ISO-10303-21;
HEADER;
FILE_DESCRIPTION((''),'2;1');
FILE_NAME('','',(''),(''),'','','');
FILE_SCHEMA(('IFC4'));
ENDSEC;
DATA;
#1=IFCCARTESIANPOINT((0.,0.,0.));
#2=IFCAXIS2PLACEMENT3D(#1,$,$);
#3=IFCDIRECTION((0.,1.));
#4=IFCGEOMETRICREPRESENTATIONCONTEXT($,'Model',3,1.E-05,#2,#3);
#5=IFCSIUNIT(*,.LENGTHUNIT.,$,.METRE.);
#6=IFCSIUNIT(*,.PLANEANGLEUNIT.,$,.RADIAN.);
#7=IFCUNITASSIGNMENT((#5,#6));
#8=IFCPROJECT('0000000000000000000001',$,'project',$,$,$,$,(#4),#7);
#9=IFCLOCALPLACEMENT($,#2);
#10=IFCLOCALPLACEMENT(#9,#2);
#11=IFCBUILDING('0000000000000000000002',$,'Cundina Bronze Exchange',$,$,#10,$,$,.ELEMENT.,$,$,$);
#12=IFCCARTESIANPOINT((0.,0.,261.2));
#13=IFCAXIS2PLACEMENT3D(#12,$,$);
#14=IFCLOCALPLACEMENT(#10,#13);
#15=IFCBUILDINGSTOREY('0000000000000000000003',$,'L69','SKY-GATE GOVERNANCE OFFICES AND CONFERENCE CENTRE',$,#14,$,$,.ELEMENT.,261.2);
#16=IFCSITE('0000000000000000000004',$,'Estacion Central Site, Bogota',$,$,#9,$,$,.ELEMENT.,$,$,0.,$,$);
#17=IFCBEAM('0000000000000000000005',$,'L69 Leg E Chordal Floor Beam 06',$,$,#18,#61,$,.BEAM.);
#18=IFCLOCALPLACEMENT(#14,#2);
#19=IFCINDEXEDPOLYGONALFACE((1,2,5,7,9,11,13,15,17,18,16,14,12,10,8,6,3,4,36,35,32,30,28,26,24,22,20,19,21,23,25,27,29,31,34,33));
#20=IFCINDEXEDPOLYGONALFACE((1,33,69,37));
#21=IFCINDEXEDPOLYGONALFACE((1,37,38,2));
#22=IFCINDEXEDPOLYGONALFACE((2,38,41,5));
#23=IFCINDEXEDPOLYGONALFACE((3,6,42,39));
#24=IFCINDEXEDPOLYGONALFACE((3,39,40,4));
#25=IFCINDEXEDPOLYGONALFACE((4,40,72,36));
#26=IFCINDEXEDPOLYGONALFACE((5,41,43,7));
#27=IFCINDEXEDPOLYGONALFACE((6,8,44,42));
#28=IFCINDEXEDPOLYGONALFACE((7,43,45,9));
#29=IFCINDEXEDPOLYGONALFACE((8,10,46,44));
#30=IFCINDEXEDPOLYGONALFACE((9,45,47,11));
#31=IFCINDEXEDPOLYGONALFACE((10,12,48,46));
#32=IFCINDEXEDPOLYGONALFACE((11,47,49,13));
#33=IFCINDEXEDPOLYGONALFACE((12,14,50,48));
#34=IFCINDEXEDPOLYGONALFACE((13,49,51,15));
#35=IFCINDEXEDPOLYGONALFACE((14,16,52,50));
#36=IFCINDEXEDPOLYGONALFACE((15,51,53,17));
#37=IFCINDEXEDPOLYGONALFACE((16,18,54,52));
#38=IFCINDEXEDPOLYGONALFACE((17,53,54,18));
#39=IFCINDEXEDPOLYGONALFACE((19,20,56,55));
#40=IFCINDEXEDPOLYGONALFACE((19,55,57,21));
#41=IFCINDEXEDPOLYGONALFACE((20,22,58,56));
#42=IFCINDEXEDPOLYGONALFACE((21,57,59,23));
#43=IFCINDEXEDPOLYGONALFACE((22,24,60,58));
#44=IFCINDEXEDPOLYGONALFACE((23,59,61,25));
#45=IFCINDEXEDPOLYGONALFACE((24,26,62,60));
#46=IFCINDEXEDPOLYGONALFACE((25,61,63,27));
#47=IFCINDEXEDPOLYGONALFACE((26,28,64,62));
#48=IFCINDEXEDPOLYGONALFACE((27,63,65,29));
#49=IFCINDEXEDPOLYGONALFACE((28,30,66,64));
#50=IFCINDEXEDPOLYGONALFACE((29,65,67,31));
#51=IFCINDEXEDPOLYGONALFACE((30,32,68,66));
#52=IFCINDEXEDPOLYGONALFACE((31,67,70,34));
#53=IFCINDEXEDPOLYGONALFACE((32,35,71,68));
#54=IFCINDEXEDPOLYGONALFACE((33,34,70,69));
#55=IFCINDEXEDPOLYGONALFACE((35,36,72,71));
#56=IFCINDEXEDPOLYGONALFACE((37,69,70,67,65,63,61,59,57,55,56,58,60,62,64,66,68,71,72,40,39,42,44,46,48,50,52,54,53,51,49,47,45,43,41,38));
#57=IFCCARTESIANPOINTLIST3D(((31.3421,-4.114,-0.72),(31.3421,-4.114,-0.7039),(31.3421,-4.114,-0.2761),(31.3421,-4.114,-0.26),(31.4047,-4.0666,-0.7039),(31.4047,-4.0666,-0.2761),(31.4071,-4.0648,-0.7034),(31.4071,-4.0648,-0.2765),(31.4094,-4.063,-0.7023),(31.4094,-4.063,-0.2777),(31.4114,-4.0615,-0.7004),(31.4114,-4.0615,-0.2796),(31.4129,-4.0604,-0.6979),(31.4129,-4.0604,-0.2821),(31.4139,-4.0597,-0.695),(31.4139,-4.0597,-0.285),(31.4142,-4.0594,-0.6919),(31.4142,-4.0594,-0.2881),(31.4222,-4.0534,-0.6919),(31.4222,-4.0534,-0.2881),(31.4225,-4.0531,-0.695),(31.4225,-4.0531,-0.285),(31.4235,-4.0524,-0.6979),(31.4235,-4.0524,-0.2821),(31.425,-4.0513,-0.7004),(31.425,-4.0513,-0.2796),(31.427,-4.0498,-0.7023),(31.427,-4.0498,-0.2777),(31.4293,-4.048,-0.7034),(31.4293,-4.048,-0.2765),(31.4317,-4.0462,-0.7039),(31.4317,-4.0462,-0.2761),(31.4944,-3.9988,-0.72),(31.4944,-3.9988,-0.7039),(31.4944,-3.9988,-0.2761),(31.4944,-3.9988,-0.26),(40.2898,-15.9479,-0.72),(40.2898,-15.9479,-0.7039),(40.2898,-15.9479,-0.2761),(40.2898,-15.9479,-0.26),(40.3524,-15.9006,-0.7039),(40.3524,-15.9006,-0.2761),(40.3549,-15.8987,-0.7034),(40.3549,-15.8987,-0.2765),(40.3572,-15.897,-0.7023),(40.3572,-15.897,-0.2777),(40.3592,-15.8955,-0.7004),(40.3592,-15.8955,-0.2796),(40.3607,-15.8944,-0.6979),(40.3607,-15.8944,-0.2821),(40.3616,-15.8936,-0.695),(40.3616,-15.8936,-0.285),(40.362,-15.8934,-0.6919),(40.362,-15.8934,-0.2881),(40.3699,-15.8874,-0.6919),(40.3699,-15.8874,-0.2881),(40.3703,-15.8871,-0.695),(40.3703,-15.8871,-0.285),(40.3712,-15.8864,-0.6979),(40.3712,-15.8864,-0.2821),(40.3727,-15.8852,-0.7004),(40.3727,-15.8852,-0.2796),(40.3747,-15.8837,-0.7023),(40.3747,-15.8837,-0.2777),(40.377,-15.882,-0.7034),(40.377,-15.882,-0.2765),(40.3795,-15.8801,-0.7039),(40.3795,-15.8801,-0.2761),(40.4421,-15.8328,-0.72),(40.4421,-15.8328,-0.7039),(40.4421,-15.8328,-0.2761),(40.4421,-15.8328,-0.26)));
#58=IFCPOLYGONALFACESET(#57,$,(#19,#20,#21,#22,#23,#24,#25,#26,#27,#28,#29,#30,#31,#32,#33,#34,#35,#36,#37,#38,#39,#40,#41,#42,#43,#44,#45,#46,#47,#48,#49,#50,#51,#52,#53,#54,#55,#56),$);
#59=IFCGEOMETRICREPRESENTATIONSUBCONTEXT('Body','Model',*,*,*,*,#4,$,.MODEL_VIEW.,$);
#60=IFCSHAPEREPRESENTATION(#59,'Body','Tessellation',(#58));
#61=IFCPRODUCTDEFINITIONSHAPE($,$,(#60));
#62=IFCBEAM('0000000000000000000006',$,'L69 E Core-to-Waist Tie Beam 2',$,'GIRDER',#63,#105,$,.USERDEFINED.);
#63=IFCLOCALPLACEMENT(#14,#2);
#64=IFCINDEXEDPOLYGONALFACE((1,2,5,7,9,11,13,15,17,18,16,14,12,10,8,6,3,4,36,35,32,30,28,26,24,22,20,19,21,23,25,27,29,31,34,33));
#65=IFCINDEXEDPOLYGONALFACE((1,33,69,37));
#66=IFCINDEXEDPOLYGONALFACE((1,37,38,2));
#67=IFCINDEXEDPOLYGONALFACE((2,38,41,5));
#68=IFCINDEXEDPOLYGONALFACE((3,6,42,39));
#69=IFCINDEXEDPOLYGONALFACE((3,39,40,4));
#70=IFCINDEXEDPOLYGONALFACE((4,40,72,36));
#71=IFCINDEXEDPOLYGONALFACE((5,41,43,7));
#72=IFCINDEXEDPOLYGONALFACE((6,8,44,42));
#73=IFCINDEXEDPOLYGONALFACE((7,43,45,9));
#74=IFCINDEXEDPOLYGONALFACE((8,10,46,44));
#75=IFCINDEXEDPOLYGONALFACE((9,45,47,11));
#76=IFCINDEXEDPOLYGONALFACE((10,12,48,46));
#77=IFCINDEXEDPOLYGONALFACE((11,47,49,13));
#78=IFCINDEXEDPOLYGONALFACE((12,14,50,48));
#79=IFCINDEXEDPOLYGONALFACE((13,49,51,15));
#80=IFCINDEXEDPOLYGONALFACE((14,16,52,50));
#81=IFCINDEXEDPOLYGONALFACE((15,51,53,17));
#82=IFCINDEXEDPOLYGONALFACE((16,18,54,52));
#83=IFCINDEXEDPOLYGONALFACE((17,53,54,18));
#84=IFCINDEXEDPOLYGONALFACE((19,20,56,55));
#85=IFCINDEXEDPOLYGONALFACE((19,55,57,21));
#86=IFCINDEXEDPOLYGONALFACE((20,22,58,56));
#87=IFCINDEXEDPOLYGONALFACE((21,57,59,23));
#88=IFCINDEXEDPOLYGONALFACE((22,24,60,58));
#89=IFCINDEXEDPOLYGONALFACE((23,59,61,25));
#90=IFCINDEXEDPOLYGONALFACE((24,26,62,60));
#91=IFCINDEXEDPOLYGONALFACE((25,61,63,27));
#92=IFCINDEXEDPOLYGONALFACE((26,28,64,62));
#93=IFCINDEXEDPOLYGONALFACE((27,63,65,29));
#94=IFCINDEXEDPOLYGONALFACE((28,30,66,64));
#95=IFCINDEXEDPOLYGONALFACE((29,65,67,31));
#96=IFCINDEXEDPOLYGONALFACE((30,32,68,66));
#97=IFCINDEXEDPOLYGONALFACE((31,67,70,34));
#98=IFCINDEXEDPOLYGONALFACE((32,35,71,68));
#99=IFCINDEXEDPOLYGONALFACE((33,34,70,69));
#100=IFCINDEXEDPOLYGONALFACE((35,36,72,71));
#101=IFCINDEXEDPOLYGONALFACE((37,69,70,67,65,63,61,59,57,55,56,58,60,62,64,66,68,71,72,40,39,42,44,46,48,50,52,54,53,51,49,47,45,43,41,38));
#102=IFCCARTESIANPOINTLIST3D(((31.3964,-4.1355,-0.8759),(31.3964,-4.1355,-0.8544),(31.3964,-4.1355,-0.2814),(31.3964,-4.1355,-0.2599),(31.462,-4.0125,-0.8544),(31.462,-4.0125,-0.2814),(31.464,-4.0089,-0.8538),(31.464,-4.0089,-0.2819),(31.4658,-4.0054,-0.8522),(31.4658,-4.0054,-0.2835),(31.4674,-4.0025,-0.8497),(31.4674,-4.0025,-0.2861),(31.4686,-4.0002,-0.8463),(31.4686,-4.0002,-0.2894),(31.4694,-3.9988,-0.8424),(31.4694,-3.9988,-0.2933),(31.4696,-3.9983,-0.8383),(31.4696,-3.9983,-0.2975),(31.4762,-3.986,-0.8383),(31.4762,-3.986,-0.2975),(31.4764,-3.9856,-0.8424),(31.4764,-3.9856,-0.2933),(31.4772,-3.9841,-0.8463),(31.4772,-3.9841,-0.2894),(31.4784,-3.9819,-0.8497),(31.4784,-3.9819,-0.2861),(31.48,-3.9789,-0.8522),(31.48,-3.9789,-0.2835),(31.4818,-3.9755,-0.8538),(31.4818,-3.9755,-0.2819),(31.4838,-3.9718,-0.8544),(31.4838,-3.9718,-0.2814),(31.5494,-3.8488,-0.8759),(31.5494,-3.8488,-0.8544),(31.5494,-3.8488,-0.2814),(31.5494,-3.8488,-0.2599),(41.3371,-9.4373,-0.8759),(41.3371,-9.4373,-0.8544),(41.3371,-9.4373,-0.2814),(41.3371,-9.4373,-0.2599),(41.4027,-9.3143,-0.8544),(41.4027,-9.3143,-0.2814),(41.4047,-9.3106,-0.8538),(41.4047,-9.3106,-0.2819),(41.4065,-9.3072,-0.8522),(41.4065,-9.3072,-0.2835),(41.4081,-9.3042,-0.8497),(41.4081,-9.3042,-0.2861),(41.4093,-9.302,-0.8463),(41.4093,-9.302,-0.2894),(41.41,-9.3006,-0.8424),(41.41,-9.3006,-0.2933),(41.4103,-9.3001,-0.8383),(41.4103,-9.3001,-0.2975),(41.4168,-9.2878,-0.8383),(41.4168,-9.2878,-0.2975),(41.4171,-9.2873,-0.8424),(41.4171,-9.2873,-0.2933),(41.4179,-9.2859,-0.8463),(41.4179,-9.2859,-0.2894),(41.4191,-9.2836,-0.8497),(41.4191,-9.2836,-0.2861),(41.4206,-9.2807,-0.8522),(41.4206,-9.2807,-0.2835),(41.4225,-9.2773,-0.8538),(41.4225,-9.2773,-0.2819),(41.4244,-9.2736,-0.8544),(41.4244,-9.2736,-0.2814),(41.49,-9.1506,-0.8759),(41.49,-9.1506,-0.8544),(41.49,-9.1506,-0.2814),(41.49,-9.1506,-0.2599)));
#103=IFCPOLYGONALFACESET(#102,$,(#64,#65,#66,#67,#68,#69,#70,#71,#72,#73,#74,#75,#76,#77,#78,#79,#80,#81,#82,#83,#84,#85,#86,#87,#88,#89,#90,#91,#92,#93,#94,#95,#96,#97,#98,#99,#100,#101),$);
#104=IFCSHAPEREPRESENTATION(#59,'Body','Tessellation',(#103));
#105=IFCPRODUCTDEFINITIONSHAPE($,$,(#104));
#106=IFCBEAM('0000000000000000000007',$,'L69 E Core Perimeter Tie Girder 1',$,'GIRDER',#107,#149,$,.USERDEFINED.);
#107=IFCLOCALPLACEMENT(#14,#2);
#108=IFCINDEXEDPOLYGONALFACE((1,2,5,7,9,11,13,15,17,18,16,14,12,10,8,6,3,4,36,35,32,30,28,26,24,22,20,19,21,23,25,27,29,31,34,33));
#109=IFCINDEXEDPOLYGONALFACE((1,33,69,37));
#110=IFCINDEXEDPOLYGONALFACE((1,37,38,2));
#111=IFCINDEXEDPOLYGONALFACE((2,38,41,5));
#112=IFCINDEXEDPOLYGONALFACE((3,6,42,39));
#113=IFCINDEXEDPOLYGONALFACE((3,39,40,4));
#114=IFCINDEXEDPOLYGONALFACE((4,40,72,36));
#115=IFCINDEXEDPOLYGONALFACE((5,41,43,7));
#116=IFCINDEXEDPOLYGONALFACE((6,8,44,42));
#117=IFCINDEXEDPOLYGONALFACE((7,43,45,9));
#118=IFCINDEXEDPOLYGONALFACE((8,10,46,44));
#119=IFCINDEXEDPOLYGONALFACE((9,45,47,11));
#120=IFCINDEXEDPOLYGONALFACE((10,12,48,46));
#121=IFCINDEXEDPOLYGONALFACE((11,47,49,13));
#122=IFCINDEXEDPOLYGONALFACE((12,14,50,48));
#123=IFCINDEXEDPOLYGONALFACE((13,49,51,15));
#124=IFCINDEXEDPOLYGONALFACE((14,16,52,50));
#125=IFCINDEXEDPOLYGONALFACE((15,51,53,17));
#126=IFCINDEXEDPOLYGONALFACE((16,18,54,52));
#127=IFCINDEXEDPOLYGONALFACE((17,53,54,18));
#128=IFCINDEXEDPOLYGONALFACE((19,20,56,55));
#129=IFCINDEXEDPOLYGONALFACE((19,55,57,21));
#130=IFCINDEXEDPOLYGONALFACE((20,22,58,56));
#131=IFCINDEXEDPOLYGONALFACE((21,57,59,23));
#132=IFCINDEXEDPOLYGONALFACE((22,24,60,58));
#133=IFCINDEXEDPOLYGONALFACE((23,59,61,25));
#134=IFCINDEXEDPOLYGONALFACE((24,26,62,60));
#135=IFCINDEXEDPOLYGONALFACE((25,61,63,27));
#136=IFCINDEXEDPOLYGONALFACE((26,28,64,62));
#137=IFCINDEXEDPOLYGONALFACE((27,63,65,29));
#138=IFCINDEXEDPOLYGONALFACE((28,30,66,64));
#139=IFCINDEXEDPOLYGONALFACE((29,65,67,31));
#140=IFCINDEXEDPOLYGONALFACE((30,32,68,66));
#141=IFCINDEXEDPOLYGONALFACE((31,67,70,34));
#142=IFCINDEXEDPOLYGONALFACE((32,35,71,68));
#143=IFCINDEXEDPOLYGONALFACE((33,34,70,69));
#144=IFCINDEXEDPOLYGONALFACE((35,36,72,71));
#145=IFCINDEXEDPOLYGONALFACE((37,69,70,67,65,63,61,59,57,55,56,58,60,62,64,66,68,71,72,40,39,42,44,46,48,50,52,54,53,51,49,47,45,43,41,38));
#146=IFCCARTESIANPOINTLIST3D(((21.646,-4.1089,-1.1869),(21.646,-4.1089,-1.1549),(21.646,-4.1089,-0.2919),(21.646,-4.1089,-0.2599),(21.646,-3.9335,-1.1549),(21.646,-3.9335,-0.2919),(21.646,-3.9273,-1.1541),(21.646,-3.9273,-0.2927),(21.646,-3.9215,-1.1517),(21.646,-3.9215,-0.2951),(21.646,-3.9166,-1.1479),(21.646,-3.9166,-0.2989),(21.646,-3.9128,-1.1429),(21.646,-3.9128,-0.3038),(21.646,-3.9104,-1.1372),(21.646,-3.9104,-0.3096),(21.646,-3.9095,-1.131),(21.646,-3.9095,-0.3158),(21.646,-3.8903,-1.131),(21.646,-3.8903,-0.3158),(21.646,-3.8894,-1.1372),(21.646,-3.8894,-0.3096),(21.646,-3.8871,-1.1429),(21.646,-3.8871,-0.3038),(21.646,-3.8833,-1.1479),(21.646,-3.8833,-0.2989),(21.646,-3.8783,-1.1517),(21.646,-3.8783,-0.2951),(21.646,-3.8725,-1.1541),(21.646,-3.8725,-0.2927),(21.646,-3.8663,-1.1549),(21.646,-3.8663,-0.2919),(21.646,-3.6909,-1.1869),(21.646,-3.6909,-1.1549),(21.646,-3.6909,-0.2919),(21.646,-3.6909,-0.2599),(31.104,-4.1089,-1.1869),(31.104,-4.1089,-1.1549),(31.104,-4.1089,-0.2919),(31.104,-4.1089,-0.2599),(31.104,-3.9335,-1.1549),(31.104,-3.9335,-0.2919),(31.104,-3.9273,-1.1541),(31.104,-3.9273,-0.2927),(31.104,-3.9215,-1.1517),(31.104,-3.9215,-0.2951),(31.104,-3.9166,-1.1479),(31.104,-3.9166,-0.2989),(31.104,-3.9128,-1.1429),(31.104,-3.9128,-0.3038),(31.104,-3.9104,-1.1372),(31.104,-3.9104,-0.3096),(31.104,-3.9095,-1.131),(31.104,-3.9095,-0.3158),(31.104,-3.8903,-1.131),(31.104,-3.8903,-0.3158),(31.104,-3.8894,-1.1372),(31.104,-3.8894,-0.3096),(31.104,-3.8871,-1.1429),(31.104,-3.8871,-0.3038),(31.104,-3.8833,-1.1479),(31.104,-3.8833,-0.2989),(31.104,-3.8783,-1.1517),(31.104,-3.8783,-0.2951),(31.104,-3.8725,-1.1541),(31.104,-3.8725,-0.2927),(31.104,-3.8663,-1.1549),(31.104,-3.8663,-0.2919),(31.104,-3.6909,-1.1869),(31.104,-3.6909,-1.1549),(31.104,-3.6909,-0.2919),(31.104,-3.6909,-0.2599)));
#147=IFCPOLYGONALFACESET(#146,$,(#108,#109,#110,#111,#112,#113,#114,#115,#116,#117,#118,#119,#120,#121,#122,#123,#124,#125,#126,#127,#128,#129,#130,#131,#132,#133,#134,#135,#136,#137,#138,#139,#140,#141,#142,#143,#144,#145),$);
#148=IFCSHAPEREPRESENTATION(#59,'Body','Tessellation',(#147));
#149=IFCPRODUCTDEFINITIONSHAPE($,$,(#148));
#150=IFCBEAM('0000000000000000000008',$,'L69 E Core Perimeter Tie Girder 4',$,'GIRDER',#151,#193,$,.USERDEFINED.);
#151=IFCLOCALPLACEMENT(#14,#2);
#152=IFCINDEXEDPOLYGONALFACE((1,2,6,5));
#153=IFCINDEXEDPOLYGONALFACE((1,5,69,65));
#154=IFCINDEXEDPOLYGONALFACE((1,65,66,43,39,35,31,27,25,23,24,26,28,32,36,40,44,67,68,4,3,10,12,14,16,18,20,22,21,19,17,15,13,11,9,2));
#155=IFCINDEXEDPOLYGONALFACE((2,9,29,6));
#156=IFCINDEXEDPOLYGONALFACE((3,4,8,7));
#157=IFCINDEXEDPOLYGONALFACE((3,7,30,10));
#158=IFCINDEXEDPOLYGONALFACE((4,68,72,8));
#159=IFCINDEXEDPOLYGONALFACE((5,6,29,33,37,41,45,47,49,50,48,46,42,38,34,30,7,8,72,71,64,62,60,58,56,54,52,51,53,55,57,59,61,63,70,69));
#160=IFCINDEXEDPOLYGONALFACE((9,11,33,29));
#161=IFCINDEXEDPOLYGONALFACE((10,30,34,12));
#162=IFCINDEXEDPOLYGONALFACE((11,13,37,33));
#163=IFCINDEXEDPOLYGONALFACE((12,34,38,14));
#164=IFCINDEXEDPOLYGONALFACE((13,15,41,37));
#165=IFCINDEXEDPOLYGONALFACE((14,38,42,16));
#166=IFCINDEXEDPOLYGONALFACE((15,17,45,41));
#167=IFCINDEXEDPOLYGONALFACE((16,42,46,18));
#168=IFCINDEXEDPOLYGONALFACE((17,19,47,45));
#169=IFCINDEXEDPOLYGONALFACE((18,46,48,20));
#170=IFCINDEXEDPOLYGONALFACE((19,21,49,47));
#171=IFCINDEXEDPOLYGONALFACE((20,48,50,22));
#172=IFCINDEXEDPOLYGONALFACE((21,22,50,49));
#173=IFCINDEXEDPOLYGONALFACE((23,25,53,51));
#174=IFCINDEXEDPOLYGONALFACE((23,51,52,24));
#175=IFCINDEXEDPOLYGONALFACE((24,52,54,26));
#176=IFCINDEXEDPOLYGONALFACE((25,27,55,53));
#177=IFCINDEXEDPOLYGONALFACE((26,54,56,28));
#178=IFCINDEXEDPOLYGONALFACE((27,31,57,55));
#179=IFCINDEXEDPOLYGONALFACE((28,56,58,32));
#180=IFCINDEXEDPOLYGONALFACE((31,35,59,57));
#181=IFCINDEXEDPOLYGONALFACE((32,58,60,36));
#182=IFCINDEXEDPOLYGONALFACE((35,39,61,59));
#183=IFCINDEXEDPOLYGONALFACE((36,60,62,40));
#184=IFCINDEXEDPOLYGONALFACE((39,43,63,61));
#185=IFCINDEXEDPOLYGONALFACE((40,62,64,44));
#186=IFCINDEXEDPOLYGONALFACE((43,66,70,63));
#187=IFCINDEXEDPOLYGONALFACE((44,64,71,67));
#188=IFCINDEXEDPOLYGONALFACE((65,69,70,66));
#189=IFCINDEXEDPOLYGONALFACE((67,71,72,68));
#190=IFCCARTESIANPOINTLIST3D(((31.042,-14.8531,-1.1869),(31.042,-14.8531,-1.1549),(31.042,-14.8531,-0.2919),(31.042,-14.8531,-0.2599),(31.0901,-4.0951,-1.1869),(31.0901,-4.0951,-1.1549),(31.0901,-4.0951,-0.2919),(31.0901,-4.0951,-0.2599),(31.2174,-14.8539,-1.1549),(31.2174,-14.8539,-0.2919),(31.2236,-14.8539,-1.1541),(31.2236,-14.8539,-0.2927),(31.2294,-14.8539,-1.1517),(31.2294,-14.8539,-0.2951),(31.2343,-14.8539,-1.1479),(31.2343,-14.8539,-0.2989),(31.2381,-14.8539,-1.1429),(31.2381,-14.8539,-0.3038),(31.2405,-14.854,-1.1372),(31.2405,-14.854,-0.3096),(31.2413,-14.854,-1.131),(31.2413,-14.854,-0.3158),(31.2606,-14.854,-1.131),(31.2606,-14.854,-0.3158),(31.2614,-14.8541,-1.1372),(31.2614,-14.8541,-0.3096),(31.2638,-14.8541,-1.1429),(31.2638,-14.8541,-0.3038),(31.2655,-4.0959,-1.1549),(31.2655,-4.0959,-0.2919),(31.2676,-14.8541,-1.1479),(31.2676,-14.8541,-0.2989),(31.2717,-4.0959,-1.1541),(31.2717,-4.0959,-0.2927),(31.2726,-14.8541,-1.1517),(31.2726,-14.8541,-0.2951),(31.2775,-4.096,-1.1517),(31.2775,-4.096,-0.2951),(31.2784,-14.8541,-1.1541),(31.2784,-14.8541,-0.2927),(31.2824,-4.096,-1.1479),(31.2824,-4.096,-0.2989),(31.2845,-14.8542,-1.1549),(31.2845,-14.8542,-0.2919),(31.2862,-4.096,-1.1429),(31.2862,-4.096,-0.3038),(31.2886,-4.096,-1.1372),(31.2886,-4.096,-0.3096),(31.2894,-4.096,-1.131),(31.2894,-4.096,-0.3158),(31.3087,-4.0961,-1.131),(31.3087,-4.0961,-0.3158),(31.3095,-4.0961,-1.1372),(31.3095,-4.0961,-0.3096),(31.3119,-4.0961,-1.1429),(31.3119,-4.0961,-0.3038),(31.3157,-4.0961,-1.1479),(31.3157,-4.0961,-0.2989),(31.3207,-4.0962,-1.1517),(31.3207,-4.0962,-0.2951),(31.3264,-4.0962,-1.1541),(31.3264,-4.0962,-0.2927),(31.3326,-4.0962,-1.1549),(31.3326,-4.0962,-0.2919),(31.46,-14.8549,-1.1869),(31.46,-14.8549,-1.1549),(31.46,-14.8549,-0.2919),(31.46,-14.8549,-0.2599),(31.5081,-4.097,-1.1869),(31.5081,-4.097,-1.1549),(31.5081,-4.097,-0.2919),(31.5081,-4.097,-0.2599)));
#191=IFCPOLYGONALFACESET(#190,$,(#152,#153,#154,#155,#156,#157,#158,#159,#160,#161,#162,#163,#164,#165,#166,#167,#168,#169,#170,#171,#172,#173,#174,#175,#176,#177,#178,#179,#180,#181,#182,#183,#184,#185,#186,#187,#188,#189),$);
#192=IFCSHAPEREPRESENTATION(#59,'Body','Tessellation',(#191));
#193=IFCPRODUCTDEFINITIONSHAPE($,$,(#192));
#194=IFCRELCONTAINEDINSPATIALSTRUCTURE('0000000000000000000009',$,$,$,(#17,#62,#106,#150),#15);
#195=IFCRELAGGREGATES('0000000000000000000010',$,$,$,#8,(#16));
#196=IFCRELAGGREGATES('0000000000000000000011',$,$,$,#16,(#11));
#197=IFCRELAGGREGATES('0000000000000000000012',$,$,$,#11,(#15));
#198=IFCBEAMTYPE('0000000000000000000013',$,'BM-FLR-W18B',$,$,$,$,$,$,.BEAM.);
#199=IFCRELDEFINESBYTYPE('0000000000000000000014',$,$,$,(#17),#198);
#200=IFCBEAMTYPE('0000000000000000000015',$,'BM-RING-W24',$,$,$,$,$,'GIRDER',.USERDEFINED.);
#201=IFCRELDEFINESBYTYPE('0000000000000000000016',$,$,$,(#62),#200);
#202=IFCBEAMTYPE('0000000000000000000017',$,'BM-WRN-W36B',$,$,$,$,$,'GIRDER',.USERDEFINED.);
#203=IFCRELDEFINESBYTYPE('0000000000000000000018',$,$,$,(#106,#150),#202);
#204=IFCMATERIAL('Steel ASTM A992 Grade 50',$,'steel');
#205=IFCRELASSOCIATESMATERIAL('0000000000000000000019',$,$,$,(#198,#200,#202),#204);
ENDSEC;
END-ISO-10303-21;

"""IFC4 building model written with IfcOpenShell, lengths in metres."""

from ifc_helpers import new_model, si_unit, direction, frame, origin, origin_2d, place, context, subcontext, project, spatial, i_section, extrude, material, material_profile, profile_set, type_object, element, save


model = new_model("IFC4")

# Units and contexts
model_context = context("Model", 3, precision=1e-05, world=origin(), true_north=direction((0.0, 1.0)))
body_context = subcontext(model_context, "Body", "Model", "MODEL_VIEW")
ifc_project = project(units=[si_unit("LENGTHUNIT", "METRE"), si_unit("PLANEANGLEUNIT", "RADIAN")], contexts=[model_context])

# Site, building, storey
site_placement = place(None, origin())
site = spatial("IfcSite", under=ifc_project, at=site_placement, Name="Estacion Central Site, Bogota", CompositionType="ELEMENT", RefElevation=0.0)
building_placement = place(site_placement, origin())
building = spatial("IfcBuilding", under=site, at=building_placement, Name="Cundina Bronze Exchange", CompositionType="ELEMENT")
storey_placement = place(building_placement, frame((0.0, 0.0, 261.2)))
storey = spatial("IfcBuildingStorey", under=building, at=storey_placement, Name="L69", Description="SKY-GATE GOVERNANCE OFFICES AND CONFERENCE CENTRE", CompositionType="ELEMENT", Elevation=261.2)

# Beams
ifc_material_1 = material(Name="Steel ASTM A992 Grade 50", Category="steel")
ifc_material_profile_1 = material_profile(ifc_material_1, i_section(OverallWidth=0.1909, OverallDepth=0.46, WebThickness=0.01, FlangeThickness=0.0161, FilletRadius=0.012, at=origin_2d()), Name="W18X55", Category="steel")
ifc_profile_set_1 = profile_set([ifc_material_profile_1], Name="Steel ASTM A992 Grade 50")
beam_type_1 = type_object("IfcBeamType", Name="BM-FLR-W18B", PredefinedType="BEAM", material=ifc_profile_set_1)
beam_1_placement = place(storey_placement, frame((31.4182, -4.0564, -0.49), z_axis=(0.603113, -0.797656, 0.0), x_axis=(0.797656, 0.603113, 0.0)))
element("IfcBeam", 1, at=beam_1_placement, inside=storey, type_object=beam_type_1, Name="L69 Leg E Chordal Floor Beam 06", PredefinedType="BEAM", context=body_context, shape_type="SweptSolid", body=[
    extrude(i_section(OverallWidth=0.1909, OverallDepth=0.46, WebThickness=0.01, FlangeThickness=0.0161, FilletRadius=0.012, at=origin_2d()), origin(), (0.0, 0.0, 1.0), 14.8359),
])
ifc_material_profile_2 = material_profile(ifc_material_1, i_section(OverallWidth=0.325, OverallDepth=0.616, WebThickness=0.0139, FlangeThickness=0.0215, FilletRadius=0.0161, at=origin_2d()), Name="W24X117", Category="steel")
ifc_profile_set_2 = profile_set([ifc_material_profile_2], Name="Steel ASTM A992 Grade 50")
beam_type_2 = type_object("IfcBeamType", Name="BM-RING-W24", ElementType="GIRDER", PredefinedType="USERDEFINED", material=ifc_profile_set_2)
beam_2_placement = place(storey_placement, frame((31.4729, -3.9922, -0.5679), z_axis=(0.882351, -0.470593, 0.0), x_axis=(0.470593, 0.882351, 0.0)))
element("IfcBeam", 2, at=beam_2_placement, inside=storey, type_object=beam_type_2, Name="L69 E Core-to-Waist Tie Beam 2", ObjectType="GIRDER", PredefinedType="USERDEFINED", context=body_context, shape_type="SweptSolid", body=[
    extrude(i_section(OverallWidth=0.325, OverallDepth=0.616, WebThickness=0.0139, FlangeThickness=0.0215, FilletRadius=0.0161, at=origin_2d()), origin(), (0.0, 0.0, 1.0), 11.2661),
])
ifc_material_profile_3 = material_profile(ifc_material_1, i_section(OverallWidth=0.418, OverallDepth=0.927, WebThickness=0.0193, FlangeThickness=0.032, FilletRadius=0.0239, at=origin_2d()), Name="W36X231", Category="steel")
ifc_profile_set_3 = profile_set([ifc_material_profile_3], Name="Steel ASTM A992 Grade 50")
beam_type_3 = type_object("IfcBeamType", Name="BM-WRN-W36B", ElementType="GIRDER", PredefinedType="USERDEFINED", material=ifc_profile_set_3)
beam_3_placement = place(storey_placement, frame((31.104, -3.8999, -0.7234), z_axis=(-1.0, 0.0, 0.0), x_axis=(0.0, -1.0, 0.0)))
element("IfcBeam", 3, at=beam_3_placement, inside=storey, type_object=beam_type_3, Name="L69 E Core Perimeter Tie Girder 1", ObjectType="GIRDER", PredefinedType="USERDEFINED", context=body_context, shape_type="SweptSolid", body=[
    extrude(i_section(OverallWidth=0.418, OverallDepth=0.927, WebThickness=0.0193, FlangeThickness=0.032, FilletRadius=0.0239, at=origin_2d()), origin(), (0.0, 0.0, 1.0), 9.458),
])
beam_4_placement = place(storey_placement, frame((31.251, -14.854, -0.7234), z_axis=(0.004471, 0.99999, 0.0), x_axis=(-0.99999, 0.004471, 0.0)))
element("IfcBeam", 4, at=beam_4_placement, inside=storey, type_object=beam_type_3, Name="L69 E Core Perimeter Tie Girder 4", ObjectType="GIRDER", PredefinedType="USERDEFINED", context=body_context, shape_type="SweptSolid", body=[
    extrude(i_section(OverallWidth=0.418, OverallDepth=0.927, WebThickness=0.0193, FlangeThickness=0.032, FilletRadius=0.0239, at=origin_2d()), origin(), (0.0, 0.0, 1.0), 10.7581),
])

save(model, "model.ifc")
